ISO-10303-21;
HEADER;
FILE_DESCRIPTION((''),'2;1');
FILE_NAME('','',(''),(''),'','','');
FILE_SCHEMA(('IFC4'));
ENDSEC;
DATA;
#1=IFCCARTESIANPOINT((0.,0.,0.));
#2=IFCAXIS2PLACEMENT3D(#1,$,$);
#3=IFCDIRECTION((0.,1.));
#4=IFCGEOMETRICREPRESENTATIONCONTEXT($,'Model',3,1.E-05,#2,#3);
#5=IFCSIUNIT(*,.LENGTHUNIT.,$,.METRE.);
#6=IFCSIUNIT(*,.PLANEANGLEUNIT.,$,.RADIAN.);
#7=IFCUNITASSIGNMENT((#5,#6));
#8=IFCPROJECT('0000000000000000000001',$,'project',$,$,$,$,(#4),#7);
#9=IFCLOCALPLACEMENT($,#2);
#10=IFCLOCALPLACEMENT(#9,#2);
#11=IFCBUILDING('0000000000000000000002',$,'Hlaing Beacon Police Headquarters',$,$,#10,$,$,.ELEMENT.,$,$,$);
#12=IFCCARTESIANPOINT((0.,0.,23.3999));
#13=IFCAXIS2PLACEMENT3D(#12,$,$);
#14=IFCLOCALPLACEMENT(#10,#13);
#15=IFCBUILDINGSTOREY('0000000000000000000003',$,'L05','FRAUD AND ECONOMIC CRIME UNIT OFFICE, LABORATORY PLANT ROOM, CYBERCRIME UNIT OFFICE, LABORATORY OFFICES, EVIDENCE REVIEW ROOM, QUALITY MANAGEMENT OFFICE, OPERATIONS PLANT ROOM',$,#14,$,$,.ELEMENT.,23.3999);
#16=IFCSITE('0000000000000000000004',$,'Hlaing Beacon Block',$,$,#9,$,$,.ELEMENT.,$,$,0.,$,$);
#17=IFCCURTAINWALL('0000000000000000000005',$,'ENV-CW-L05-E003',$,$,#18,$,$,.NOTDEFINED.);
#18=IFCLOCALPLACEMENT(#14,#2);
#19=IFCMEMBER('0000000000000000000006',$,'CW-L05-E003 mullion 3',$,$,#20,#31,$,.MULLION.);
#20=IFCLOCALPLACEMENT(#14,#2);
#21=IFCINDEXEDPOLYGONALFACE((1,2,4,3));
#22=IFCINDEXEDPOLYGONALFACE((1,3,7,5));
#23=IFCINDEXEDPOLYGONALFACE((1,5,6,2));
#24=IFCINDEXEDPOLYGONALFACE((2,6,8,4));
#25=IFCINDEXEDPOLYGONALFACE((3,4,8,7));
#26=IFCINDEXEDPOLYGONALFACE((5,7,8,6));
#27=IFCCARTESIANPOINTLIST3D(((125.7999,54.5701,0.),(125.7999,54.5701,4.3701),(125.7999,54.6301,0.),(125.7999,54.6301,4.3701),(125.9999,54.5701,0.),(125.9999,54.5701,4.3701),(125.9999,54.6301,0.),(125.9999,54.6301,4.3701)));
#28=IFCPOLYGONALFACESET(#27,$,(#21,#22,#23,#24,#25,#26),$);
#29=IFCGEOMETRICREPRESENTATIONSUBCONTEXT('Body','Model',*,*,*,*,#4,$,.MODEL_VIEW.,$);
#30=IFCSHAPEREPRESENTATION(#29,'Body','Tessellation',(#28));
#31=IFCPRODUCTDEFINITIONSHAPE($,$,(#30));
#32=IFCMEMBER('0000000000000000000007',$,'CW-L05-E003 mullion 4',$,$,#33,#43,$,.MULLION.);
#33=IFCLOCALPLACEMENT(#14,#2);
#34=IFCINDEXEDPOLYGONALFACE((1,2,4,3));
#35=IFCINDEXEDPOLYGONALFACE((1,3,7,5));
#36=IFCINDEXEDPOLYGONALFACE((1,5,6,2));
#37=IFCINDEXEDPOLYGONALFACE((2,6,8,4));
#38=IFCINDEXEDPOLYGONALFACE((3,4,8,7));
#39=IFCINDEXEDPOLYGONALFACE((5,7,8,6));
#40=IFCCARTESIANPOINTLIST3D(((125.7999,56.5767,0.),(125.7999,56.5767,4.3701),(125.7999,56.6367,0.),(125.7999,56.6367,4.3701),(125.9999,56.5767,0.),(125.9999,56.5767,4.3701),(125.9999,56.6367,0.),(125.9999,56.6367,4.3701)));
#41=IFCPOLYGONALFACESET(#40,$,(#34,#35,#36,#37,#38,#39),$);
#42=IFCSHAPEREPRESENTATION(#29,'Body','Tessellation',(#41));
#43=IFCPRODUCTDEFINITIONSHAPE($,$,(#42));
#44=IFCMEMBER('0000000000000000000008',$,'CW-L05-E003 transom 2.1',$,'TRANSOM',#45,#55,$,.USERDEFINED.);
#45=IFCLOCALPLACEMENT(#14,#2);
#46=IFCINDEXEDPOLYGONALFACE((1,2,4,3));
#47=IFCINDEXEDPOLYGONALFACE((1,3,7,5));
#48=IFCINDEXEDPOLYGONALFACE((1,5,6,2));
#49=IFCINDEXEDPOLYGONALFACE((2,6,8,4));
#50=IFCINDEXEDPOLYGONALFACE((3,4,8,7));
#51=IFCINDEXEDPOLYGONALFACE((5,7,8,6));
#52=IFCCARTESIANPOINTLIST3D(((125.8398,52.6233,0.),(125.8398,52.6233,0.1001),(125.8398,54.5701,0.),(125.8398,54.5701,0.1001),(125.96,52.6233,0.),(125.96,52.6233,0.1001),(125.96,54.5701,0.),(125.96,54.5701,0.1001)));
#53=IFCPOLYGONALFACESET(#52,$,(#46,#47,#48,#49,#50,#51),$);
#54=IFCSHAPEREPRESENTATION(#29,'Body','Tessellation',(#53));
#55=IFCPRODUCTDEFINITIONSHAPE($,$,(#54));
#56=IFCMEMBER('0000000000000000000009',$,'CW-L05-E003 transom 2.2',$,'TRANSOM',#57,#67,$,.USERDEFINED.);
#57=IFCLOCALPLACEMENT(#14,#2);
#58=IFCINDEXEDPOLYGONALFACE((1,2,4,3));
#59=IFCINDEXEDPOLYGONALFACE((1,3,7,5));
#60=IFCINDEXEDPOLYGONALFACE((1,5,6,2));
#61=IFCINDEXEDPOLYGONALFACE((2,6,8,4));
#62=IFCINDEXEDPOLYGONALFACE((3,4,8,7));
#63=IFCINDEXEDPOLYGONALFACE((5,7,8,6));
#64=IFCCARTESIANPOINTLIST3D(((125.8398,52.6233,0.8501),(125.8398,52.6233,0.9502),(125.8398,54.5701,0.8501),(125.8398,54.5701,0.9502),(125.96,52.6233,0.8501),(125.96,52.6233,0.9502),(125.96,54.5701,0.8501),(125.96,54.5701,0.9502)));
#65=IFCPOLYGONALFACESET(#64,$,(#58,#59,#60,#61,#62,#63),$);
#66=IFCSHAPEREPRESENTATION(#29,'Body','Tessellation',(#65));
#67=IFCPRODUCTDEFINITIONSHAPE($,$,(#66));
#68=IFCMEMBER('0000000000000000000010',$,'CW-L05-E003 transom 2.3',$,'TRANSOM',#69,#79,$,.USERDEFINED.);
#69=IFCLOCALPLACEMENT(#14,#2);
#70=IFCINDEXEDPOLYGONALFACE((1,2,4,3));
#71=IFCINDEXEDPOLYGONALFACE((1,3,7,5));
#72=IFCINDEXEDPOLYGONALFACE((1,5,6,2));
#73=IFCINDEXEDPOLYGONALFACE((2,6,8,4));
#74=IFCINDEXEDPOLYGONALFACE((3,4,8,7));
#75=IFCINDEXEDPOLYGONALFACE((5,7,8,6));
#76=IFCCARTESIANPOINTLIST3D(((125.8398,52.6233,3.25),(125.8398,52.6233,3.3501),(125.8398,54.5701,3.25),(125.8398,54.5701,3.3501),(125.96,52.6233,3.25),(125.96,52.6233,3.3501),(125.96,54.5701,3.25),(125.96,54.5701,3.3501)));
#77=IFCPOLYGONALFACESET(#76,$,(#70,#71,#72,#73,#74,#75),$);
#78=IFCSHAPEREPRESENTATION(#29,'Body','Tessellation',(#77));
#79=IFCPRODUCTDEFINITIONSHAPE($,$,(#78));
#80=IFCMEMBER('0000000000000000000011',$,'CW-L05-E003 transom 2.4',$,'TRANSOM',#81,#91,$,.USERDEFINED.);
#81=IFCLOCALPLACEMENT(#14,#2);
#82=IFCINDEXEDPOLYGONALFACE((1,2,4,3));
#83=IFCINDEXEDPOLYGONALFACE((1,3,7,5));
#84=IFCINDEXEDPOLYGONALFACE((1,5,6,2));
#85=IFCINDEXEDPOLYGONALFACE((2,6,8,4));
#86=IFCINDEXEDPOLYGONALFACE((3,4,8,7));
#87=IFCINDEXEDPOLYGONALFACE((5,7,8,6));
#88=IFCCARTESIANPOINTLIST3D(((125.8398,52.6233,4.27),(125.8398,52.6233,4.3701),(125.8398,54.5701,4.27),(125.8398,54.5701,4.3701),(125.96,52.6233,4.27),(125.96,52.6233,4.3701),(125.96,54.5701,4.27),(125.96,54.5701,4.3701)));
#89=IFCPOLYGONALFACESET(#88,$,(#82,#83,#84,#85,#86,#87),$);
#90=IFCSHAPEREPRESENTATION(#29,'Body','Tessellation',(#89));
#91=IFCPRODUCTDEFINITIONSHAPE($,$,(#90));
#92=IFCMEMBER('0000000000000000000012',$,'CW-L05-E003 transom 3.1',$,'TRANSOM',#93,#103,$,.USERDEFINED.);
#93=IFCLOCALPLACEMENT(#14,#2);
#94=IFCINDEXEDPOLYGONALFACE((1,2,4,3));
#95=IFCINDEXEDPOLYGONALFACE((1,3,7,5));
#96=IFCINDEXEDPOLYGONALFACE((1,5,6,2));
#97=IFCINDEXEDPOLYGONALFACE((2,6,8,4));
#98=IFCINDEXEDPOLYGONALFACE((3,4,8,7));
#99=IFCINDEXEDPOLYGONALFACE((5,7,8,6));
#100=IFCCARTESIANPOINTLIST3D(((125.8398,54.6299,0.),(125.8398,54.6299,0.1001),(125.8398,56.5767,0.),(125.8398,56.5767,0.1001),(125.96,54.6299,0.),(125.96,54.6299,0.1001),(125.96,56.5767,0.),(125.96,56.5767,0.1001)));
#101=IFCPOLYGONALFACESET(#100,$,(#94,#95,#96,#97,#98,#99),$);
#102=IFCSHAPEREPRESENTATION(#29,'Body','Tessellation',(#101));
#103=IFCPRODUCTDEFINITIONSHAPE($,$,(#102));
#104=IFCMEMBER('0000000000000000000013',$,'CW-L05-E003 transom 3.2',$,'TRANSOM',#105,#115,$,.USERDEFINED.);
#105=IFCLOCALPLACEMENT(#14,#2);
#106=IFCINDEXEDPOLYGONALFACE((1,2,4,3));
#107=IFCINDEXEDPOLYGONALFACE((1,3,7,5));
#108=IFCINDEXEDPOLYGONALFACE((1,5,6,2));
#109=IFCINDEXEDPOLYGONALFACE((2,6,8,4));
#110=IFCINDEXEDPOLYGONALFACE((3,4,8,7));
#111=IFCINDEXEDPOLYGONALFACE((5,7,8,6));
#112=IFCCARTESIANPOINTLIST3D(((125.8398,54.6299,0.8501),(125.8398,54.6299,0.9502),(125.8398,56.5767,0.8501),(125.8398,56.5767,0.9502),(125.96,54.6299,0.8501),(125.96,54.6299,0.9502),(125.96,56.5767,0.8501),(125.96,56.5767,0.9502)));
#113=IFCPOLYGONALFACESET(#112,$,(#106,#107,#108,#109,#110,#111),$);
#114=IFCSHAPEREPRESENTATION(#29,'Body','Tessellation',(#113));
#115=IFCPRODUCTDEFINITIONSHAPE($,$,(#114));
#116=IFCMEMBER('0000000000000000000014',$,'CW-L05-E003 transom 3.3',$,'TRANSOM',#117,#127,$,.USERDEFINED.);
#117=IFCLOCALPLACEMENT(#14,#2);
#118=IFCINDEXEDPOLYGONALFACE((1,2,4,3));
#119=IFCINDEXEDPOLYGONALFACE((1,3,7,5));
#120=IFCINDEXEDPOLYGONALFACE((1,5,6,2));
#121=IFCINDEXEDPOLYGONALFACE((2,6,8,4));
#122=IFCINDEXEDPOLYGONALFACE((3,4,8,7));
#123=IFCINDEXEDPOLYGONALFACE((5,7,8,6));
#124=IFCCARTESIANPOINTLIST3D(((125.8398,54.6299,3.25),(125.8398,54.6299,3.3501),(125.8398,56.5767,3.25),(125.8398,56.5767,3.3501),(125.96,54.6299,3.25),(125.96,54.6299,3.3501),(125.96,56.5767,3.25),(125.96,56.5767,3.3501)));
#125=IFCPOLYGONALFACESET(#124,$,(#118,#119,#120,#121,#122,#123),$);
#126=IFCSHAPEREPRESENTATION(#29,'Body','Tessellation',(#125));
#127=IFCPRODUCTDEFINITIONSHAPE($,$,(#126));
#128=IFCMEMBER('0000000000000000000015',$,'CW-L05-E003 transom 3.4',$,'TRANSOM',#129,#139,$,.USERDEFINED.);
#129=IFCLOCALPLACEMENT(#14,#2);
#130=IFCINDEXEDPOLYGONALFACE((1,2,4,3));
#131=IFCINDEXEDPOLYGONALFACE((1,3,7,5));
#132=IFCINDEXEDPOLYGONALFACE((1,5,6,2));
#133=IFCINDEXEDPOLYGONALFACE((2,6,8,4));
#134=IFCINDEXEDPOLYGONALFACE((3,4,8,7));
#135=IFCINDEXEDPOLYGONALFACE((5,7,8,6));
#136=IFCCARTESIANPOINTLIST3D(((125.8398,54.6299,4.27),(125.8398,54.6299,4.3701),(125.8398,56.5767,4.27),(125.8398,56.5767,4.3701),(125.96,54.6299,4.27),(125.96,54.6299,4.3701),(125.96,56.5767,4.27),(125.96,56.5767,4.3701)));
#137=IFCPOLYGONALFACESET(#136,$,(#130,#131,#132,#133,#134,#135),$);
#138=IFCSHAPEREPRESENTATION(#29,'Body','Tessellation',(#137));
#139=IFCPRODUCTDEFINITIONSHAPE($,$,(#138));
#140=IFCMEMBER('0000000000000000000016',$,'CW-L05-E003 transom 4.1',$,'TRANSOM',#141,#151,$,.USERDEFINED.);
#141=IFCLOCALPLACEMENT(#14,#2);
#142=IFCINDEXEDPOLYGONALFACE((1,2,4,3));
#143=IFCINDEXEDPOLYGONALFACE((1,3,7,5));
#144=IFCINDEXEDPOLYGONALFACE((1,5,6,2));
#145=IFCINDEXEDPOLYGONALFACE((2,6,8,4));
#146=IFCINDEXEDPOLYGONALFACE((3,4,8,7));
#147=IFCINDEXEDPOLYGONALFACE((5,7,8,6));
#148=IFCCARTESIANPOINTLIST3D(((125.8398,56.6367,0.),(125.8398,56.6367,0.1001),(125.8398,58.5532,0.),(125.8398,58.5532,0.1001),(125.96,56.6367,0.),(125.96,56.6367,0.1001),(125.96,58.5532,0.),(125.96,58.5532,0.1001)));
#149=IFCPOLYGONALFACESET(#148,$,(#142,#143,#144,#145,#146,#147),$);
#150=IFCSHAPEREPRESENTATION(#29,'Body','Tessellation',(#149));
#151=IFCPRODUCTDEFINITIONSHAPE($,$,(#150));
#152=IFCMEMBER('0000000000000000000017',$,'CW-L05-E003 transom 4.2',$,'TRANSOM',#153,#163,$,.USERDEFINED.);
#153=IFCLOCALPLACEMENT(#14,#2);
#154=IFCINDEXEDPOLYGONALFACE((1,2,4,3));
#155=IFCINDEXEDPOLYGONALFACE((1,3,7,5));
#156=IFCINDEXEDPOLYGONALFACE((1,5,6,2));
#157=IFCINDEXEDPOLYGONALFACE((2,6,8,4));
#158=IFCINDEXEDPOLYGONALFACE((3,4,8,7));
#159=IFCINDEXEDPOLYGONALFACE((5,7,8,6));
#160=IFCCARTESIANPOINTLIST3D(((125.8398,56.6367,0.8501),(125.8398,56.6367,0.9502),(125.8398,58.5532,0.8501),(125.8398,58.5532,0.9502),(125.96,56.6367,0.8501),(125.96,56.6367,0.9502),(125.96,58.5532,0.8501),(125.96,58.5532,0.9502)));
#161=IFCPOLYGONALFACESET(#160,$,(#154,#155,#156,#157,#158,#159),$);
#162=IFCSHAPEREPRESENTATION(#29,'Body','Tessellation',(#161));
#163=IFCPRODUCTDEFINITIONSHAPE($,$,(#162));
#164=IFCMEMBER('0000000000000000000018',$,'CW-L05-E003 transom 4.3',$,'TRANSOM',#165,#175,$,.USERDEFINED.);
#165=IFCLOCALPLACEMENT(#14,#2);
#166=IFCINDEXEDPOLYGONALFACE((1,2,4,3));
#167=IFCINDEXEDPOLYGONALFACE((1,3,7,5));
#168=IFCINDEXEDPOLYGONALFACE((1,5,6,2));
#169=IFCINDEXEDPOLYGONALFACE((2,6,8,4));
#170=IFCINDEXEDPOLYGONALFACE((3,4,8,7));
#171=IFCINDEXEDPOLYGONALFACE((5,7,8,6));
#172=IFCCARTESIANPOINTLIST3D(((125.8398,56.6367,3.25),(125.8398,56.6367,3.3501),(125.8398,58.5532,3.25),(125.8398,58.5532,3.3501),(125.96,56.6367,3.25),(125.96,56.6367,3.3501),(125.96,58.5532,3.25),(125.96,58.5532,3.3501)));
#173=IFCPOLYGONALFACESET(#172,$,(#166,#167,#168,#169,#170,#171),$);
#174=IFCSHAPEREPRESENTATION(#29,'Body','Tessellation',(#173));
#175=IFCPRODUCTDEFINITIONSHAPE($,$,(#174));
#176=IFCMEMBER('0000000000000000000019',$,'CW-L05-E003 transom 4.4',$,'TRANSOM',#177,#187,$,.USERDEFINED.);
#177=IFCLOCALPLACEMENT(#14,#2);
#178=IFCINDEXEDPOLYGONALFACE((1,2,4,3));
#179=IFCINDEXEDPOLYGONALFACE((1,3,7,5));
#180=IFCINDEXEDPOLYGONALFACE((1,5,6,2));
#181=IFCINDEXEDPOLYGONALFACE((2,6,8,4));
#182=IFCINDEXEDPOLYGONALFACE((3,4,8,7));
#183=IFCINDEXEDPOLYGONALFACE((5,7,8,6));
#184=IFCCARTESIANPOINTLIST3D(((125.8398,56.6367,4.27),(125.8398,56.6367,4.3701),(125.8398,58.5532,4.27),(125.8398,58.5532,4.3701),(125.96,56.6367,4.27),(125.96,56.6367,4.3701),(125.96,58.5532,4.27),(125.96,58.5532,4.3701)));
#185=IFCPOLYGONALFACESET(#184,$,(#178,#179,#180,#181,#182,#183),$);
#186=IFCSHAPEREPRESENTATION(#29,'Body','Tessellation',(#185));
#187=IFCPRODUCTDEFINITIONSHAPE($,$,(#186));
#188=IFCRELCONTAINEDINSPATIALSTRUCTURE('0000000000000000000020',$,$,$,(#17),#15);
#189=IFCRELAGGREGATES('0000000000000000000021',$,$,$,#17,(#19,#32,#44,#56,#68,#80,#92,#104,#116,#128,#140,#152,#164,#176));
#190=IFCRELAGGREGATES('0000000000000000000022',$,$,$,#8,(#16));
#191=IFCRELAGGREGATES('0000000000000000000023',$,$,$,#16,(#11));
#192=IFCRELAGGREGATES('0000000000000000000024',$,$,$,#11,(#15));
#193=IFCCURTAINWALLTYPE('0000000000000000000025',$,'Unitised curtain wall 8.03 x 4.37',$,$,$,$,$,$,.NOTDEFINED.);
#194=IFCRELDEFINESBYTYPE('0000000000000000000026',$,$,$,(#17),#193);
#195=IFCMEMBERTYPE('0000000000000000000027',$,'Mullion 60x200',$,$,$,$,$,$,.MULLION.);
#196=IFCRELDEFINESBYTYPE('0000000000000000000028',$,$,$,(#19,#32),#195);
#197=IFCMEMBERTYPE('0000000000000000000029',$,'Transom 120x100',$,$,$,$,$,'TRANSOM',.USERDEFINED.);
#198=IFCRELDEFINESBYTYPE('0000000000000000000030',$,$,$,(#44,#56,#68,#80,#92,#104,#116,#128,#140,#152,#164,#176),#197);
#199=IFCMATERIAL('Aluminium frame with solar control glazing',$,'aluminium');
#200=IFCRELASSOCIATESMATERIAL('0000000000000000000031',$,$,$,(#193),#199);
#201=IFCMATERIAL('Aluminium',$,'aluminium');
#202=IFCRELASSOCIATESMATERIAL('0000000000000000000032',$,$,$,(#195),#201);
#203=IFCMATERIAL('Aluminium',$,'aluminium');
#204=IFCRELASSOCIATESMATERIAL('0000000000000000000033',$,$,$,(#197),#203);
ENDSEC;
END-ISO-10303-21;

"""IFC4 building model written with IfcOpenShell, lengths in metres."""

from ifc_helpers import new_model, si_unit, direction, frame, origin, origin_2d, place, context, subcontext, project, spatial, rectangle, extrude, material, material_profile, profile_set, type_object, element, aggregate, save


model = new_model("IFC4")

# Units and contexts
model_context = context("Model", 3, precision=1e-05, world=origin(), true_north=direction((0.0, 1.0)))
body_context = subcontext(model_context, "Body", "Model", "MODEL_VIEW")
ifc_project = project(units=[si_unit("LENGTHUNIT", "METRE"), si_unit("PLANEANGLEUNIT", "RADIAN")], contexts=[model_context])

# Site, building, storey
site_placement = place(None, origin())
site = spatial("IfcSite", under=ifc_project, at=site_placement, Name="Hlaing Beacon Block", CompositionType="ELEMENT", RefElevation=0.0)
building_placement = place(site_placement, origin())
building = spatial("IfcBuilding", under=site, at=building_placement, Name="Hlaing Beacon Police Headquarters", CompositionType="ELEMENT")
storey_placement = place(building_placement, frame((0.0, 0.0, 23.3999)))
storey = spatial("IfcBuildingStorey", under=building, at=storey_placement, Name="L05", Description="FRAUD AND ECONOMIC CRIME UNIT OFFICE, LABORATORY PLANT ROOM, CYBERCRIME UNIT OFFICE, LABORATORY OFFICES, EVIDENCE REVIEW ROOM, QUALITY MANAGEMENT OFFICE, OPERATIONS PLANT ROOM", CompositionType="ELEMENT", Elevation=23.3999)

# Curtain wall, members
ifc_material_1 = material(Name="Aluminium frame with solar control glazing", Category="aluminium")
curtain_wall_type = type_object("IfcCurtainWallType", Name="Unitised curtain wall 8.03 x 4.37", PredefinedType="NOTDEFINED", material=ifc_material_1)
curtain_wall_placement = place(storey_placement, origin())
curtain_wall = element("IfcCurtainWall", 1, at=curtain_wall_placement, inside=storey, type_object=curtain_wall_type, Name="ENV-CW-L05-E003", PredefinedType="NOTDEFINED")
ifc_material_2 = material(Name="Aluminium", Category="aluminium")
ifc_material_profile_1 = material_profile(ifc_material_2, rectangle(XDim=0.2, YDim=0.0601, at=origin_2d()), Name="Mullion 60x200")
ifc_profile_set_1 = profile_set([ifc_material_profile_1], Name="Aluminium")
member_type_1 = type_object("IfcMemberType", Name="Mullion 60x200", PredefinedType="MULLION", material=ifc_profile_set_1)
member_1_placement = place(storey_placement, frame((125.8999, 54.6001, 0.0), z_axis=(0.0, 0.0, 1.0), x_axis=(-1.0, 0.0, 0.0)))
member_1 = element("IfcMember", 2, at=member_1_placement, type_object=member_type_1, Name="CW-L05-E003 mullion 3", PredefinedType="MULLION", context=body_context, shape_type="SweptSolid", body=[
    extrude(rectangle(XDim=0.2, YDim=0.0601, at=origin_2d()), origin(), (0.0, 0.0, 1.0), 4.3701),
])
member_2_placement = place(storey_placement, frame((125.8999, 56.6067, 0.0), z_axis=(0.0, 0.0, 1.0), x_axis=(-1.0, 0.0, 0.0)))
member_2 = element("IfcMember", 3, at=member_2_placement, type_object=member_type_1, Name="CW-L05-E003 mullion 4", PredefinedType="MULLION", context=body_context, shape_type="SweptSolid", body=[
    extrude(rectangle(XDim=0.2, YDim=0.0601, at=origin_2d()), origin(), (0.0, 0.0, 1.0), 4.3701),
])
ifc_material_3 = material(Name="Aluminium", Category="aluminium")
ifc_material_profile_2 = material_profile(ifc_material_3, rectangle(XDim=0.1201, YDim=0.1001, at=origin_2d()), Name="Transom 120x100")
ifc_profile_set_2 = profile_set([ifc_material_profile_2], Name="Aluminium")
member_type_2 = type_object("IfcMemberType", Name="Transom 120x100", ElementType="TRANSOM", PredefinedType="USERDEFINED", material=ifc_profile_set_2)
member_3_placement = place(storey_placement, frame((125.8999, 52.6233, 0.05), z_axis=(0.0, 1.0, 0.0), x_axis=(-1.0, 0.0, 0.0)))
member_3 = element("IfcMember", 4, at=member_3_placement, type_object=member_type_2, Name="CW-L05-E003 transom 2.1", ObjectType="TRANSOM", PredefinedType="USERDEFINED", context=body_context, shape_type="SweptSolid", body=[
    extrude(rectangle(XDim=0.1201, YDim=0.1001, at=origin_2d()), origin(), (0.0, 0.0, 1.0), 1.9468),
])
member_4_placement = place(storey_placement, frame((125.8999, 52.6233, 0.9001), z_axis=(0.0, 1.0, 0.0), x_axis=(-1.0, 0.0, 0.0)))
member_4 = element("IfcMember", 5, at=member_4_placement, type_object=member_type_2, Name="CW-L05-E003 transom 2.2", ObjectType="TRANSOM", PredefinedType="USERDEFINED", context=body_context, shape_type="SweptSolid", body=[
    extrude(rectangle(XDim=0.1201, YDim=0.1001, at=origin_2d()), origin(), (0.0, 0.0, 1.0), 1.9468),
])
member_5_placement = place(storey_placement, frame((125.8999, 52.6233, 3.3), z_axis=(0.0, 1.0, 0.0), x_axis=(-1.0, 0.0, 0.0)))
member_5 = element("IfcMember", 6, at=member_5_placement, type_object=member_type_2, Name="CW-L05-E003 transom 2.3", ObjectType="TRANSOM", PredefinedType="USERDEFINED", context=body_context, shape_type="SweptSolid", body=[
    extrude(rectangle(XDim=0.1201, YDim=0.1001, at=origin_2d()), origin(), (0.0, 0.0, 1.0), 1.9468),
])
member_6_placement = place(storey_placement, frame((125.8999, 52.6233, 4.3201), z_axis=(0.0, 1.0, 0.0), x_axis=(-1.0, 0.0, 0.0)))
member_6 = element("IfcMember", 7, at=member_6_placement, type_object=member_type_2, Name="CW-L05-E003 transom 2.4", ObjectType="TRANSOM", PredefinedType="USERDEFINED", context=body_context, shape_type="SweptSolid", body=[
    extrude(rectangle(XDim=0.1201, YDim=0.1001, at=origin_2d()), origin(), (0.0, 0.0, 1.0), 1.9468),
])
member_7_placement = place(storey_placement, frame((125.8999, 54.6299, 0.05), z_axis=(0.0, 1.0, 0.0), x_axis=(-1.0, 0.0, 0.0)))
member_7 = element("IfcMember", 8, at=member_7_placement, type_object=member_type_2, Name="CW-L05-E003 transom 3.1", ObjectType="TRANSOM", PredefinedType="USERDEFINED", context=body_context, shape_type="SweptSolid", body=[
    extrude(rectangle(XDim=0.1201, YDim=0.1001, at=origin_2d()), origin(), (0.0, 0.0, 1.0), 1.9468),
])
member_8_placement = place(storey_placement, frame((125.8999, 54.6299, 0.9001), z_axis=(0.0, 1.0, 0.0), x_axis=(-1.0, 0.0, 0.0)))
member_8 = element("IfcMember", 9, at=member_8_placement, type_object=member_type_2, Name="CW-L05-E003 transom 3.2", ObjectType="TRANSOM", PredefinedType="USERDEFINED", context=body_context, shape_type="SweptSolid", body=[
    extrude(rectangle(XDim=0.1201, YDim=0.1001, at=origin_2d()), origin(), (0.0, 0.0, 1.0), 1.9468),
])
member_9_placement = place(storey_placement, frame((125.8999, 54.6299, 3.3), z_axis=(0.0, 1.0, 0.0), x_axis=(-1.0, 0.0, 0.0)))
member_9 = element("IfcMember", 10, at=member_9_placement, type_object=member_type_2, Name="CW-L05-E003 transom 3.3", ObjectType="TRANSOM", PredefinedType="USERDEFINED", context=body_context, shape_type="SweptSolid", body=[
    extrude(rectangle(XDim=0.1201, YDim=0.1001, at=origin_2d()), origin(), (0.0, 0.0, 1.0), 1.9468),
])
member_10_placement = place(storey_placement, frame((125.8999, 54.6299, 4.3201), z_axis=(0.0, 1.0, 0.0), x_axis=(-1.0, 0.0, 0.0)))
member_10 = element("IfcMember", 11, at=member_10_placement, type_object=member_type_2, Name="CW-L05-E003 transom 3.4", ObjectType="TRANSOM", PredefinedType="USERDEFINED", context=body_context, shape_type="SweptSolid", body=[
    extrude(rectangle(XDim=0.1201, YDim=0.1001, at=origin_2d()), origin(), (0.0, 0.0, 1.0), 1.9468),
])
member_11_placement = place(storey_placement, frame((125.8999, 56.6367, 0.05), z_axis=(0.0, 1.0, 0.0), x_axis=(-1.0, 0.0, 0.0)))
member_11 = element("IfcMember", 12, at=member_11_placement, type_object=member_type_2, Name="CW-L05-E003 transom 4.1", ObjectType="TRANSOM", PredefinedType="USERDEFINED", context=body_context, shape_type="SweptSolid", body=[
    extrude(rectangle(XDim=0.1201, YDim=0.1001, at=origin_2d()), origin(), (0.0, 0.0, 1.0), 1.9165),
])
member_12_placement = place(storey_placement, frame((125.8999, 56.6367, 0.9001), z_axis=(0.0, 1.0, 0.0), x_axis=(-1.0, 0.0, 0.0)))
member_12 = element("IfcMember", 13, at=member_12_placement, type_object=member_type_2, Name="CW-L05-E003 transom 4.2", ObjectType="TRANSOM", PredefinedType="USERDEFINED", context=body_context, shape_type="SweptSolid", body=[
    extrude(rectangle(XDim=0.1201, YDim=0.1001, at=origin_2d()), origin(), (0.0, 0.0, 1.0), 1.9165),
])
member_13_placement = place(storey_placement, frame((125.8999, 56.6367, 3.3), z_axis=(0.0, 1.0, 0.0), x_axis=(-1.0, 0.0, 0.0)))
member_13 = element("IfcMember", 14, at=member_13_placement, type_object=member_type_2, Name="CW-L05-E003 transom 4.3", ObjectType="TRANSOM", PredefinedType="USERDEFINED", context=body_context, shape_type="SweptSolid", body=[
    extrude(rectangle(XDim=0.1201, YDim=0.1001, at=origin_2d()), origin(), (0.0, 0.0, 1.0), 1.9165),
])
member_14_placement = place(storey_placement, frame((125.8999, 56.6367, 4.3201), z_axis=(0.0, 1.0, 0.0), x_axis=(-1.0, 0.0, 0.0)))
member_14 = element("IfcMember", 15, at=member_14_placement, type_object=member_type_2, Name="CW-L05-E003 transom 4.4", ObjectType="TRANSOM", PredefinedType="USERDEFINED", context=body_context, shape_type="SweptSolid", body=[
    extrude(rectangle(XDim=0.1201, YDim=0.1001, at=origin_2d()), origin(), (0.0, 0.0, 1.0), 1.9165),
])
aggregate(curtain_wall, [member_1, member_2, member_3, member_4, member_5, member_6, member_7, member_8, member_9, member_10, member_11, member_12, member_13, member_14])

save(model, "model.ifc")
